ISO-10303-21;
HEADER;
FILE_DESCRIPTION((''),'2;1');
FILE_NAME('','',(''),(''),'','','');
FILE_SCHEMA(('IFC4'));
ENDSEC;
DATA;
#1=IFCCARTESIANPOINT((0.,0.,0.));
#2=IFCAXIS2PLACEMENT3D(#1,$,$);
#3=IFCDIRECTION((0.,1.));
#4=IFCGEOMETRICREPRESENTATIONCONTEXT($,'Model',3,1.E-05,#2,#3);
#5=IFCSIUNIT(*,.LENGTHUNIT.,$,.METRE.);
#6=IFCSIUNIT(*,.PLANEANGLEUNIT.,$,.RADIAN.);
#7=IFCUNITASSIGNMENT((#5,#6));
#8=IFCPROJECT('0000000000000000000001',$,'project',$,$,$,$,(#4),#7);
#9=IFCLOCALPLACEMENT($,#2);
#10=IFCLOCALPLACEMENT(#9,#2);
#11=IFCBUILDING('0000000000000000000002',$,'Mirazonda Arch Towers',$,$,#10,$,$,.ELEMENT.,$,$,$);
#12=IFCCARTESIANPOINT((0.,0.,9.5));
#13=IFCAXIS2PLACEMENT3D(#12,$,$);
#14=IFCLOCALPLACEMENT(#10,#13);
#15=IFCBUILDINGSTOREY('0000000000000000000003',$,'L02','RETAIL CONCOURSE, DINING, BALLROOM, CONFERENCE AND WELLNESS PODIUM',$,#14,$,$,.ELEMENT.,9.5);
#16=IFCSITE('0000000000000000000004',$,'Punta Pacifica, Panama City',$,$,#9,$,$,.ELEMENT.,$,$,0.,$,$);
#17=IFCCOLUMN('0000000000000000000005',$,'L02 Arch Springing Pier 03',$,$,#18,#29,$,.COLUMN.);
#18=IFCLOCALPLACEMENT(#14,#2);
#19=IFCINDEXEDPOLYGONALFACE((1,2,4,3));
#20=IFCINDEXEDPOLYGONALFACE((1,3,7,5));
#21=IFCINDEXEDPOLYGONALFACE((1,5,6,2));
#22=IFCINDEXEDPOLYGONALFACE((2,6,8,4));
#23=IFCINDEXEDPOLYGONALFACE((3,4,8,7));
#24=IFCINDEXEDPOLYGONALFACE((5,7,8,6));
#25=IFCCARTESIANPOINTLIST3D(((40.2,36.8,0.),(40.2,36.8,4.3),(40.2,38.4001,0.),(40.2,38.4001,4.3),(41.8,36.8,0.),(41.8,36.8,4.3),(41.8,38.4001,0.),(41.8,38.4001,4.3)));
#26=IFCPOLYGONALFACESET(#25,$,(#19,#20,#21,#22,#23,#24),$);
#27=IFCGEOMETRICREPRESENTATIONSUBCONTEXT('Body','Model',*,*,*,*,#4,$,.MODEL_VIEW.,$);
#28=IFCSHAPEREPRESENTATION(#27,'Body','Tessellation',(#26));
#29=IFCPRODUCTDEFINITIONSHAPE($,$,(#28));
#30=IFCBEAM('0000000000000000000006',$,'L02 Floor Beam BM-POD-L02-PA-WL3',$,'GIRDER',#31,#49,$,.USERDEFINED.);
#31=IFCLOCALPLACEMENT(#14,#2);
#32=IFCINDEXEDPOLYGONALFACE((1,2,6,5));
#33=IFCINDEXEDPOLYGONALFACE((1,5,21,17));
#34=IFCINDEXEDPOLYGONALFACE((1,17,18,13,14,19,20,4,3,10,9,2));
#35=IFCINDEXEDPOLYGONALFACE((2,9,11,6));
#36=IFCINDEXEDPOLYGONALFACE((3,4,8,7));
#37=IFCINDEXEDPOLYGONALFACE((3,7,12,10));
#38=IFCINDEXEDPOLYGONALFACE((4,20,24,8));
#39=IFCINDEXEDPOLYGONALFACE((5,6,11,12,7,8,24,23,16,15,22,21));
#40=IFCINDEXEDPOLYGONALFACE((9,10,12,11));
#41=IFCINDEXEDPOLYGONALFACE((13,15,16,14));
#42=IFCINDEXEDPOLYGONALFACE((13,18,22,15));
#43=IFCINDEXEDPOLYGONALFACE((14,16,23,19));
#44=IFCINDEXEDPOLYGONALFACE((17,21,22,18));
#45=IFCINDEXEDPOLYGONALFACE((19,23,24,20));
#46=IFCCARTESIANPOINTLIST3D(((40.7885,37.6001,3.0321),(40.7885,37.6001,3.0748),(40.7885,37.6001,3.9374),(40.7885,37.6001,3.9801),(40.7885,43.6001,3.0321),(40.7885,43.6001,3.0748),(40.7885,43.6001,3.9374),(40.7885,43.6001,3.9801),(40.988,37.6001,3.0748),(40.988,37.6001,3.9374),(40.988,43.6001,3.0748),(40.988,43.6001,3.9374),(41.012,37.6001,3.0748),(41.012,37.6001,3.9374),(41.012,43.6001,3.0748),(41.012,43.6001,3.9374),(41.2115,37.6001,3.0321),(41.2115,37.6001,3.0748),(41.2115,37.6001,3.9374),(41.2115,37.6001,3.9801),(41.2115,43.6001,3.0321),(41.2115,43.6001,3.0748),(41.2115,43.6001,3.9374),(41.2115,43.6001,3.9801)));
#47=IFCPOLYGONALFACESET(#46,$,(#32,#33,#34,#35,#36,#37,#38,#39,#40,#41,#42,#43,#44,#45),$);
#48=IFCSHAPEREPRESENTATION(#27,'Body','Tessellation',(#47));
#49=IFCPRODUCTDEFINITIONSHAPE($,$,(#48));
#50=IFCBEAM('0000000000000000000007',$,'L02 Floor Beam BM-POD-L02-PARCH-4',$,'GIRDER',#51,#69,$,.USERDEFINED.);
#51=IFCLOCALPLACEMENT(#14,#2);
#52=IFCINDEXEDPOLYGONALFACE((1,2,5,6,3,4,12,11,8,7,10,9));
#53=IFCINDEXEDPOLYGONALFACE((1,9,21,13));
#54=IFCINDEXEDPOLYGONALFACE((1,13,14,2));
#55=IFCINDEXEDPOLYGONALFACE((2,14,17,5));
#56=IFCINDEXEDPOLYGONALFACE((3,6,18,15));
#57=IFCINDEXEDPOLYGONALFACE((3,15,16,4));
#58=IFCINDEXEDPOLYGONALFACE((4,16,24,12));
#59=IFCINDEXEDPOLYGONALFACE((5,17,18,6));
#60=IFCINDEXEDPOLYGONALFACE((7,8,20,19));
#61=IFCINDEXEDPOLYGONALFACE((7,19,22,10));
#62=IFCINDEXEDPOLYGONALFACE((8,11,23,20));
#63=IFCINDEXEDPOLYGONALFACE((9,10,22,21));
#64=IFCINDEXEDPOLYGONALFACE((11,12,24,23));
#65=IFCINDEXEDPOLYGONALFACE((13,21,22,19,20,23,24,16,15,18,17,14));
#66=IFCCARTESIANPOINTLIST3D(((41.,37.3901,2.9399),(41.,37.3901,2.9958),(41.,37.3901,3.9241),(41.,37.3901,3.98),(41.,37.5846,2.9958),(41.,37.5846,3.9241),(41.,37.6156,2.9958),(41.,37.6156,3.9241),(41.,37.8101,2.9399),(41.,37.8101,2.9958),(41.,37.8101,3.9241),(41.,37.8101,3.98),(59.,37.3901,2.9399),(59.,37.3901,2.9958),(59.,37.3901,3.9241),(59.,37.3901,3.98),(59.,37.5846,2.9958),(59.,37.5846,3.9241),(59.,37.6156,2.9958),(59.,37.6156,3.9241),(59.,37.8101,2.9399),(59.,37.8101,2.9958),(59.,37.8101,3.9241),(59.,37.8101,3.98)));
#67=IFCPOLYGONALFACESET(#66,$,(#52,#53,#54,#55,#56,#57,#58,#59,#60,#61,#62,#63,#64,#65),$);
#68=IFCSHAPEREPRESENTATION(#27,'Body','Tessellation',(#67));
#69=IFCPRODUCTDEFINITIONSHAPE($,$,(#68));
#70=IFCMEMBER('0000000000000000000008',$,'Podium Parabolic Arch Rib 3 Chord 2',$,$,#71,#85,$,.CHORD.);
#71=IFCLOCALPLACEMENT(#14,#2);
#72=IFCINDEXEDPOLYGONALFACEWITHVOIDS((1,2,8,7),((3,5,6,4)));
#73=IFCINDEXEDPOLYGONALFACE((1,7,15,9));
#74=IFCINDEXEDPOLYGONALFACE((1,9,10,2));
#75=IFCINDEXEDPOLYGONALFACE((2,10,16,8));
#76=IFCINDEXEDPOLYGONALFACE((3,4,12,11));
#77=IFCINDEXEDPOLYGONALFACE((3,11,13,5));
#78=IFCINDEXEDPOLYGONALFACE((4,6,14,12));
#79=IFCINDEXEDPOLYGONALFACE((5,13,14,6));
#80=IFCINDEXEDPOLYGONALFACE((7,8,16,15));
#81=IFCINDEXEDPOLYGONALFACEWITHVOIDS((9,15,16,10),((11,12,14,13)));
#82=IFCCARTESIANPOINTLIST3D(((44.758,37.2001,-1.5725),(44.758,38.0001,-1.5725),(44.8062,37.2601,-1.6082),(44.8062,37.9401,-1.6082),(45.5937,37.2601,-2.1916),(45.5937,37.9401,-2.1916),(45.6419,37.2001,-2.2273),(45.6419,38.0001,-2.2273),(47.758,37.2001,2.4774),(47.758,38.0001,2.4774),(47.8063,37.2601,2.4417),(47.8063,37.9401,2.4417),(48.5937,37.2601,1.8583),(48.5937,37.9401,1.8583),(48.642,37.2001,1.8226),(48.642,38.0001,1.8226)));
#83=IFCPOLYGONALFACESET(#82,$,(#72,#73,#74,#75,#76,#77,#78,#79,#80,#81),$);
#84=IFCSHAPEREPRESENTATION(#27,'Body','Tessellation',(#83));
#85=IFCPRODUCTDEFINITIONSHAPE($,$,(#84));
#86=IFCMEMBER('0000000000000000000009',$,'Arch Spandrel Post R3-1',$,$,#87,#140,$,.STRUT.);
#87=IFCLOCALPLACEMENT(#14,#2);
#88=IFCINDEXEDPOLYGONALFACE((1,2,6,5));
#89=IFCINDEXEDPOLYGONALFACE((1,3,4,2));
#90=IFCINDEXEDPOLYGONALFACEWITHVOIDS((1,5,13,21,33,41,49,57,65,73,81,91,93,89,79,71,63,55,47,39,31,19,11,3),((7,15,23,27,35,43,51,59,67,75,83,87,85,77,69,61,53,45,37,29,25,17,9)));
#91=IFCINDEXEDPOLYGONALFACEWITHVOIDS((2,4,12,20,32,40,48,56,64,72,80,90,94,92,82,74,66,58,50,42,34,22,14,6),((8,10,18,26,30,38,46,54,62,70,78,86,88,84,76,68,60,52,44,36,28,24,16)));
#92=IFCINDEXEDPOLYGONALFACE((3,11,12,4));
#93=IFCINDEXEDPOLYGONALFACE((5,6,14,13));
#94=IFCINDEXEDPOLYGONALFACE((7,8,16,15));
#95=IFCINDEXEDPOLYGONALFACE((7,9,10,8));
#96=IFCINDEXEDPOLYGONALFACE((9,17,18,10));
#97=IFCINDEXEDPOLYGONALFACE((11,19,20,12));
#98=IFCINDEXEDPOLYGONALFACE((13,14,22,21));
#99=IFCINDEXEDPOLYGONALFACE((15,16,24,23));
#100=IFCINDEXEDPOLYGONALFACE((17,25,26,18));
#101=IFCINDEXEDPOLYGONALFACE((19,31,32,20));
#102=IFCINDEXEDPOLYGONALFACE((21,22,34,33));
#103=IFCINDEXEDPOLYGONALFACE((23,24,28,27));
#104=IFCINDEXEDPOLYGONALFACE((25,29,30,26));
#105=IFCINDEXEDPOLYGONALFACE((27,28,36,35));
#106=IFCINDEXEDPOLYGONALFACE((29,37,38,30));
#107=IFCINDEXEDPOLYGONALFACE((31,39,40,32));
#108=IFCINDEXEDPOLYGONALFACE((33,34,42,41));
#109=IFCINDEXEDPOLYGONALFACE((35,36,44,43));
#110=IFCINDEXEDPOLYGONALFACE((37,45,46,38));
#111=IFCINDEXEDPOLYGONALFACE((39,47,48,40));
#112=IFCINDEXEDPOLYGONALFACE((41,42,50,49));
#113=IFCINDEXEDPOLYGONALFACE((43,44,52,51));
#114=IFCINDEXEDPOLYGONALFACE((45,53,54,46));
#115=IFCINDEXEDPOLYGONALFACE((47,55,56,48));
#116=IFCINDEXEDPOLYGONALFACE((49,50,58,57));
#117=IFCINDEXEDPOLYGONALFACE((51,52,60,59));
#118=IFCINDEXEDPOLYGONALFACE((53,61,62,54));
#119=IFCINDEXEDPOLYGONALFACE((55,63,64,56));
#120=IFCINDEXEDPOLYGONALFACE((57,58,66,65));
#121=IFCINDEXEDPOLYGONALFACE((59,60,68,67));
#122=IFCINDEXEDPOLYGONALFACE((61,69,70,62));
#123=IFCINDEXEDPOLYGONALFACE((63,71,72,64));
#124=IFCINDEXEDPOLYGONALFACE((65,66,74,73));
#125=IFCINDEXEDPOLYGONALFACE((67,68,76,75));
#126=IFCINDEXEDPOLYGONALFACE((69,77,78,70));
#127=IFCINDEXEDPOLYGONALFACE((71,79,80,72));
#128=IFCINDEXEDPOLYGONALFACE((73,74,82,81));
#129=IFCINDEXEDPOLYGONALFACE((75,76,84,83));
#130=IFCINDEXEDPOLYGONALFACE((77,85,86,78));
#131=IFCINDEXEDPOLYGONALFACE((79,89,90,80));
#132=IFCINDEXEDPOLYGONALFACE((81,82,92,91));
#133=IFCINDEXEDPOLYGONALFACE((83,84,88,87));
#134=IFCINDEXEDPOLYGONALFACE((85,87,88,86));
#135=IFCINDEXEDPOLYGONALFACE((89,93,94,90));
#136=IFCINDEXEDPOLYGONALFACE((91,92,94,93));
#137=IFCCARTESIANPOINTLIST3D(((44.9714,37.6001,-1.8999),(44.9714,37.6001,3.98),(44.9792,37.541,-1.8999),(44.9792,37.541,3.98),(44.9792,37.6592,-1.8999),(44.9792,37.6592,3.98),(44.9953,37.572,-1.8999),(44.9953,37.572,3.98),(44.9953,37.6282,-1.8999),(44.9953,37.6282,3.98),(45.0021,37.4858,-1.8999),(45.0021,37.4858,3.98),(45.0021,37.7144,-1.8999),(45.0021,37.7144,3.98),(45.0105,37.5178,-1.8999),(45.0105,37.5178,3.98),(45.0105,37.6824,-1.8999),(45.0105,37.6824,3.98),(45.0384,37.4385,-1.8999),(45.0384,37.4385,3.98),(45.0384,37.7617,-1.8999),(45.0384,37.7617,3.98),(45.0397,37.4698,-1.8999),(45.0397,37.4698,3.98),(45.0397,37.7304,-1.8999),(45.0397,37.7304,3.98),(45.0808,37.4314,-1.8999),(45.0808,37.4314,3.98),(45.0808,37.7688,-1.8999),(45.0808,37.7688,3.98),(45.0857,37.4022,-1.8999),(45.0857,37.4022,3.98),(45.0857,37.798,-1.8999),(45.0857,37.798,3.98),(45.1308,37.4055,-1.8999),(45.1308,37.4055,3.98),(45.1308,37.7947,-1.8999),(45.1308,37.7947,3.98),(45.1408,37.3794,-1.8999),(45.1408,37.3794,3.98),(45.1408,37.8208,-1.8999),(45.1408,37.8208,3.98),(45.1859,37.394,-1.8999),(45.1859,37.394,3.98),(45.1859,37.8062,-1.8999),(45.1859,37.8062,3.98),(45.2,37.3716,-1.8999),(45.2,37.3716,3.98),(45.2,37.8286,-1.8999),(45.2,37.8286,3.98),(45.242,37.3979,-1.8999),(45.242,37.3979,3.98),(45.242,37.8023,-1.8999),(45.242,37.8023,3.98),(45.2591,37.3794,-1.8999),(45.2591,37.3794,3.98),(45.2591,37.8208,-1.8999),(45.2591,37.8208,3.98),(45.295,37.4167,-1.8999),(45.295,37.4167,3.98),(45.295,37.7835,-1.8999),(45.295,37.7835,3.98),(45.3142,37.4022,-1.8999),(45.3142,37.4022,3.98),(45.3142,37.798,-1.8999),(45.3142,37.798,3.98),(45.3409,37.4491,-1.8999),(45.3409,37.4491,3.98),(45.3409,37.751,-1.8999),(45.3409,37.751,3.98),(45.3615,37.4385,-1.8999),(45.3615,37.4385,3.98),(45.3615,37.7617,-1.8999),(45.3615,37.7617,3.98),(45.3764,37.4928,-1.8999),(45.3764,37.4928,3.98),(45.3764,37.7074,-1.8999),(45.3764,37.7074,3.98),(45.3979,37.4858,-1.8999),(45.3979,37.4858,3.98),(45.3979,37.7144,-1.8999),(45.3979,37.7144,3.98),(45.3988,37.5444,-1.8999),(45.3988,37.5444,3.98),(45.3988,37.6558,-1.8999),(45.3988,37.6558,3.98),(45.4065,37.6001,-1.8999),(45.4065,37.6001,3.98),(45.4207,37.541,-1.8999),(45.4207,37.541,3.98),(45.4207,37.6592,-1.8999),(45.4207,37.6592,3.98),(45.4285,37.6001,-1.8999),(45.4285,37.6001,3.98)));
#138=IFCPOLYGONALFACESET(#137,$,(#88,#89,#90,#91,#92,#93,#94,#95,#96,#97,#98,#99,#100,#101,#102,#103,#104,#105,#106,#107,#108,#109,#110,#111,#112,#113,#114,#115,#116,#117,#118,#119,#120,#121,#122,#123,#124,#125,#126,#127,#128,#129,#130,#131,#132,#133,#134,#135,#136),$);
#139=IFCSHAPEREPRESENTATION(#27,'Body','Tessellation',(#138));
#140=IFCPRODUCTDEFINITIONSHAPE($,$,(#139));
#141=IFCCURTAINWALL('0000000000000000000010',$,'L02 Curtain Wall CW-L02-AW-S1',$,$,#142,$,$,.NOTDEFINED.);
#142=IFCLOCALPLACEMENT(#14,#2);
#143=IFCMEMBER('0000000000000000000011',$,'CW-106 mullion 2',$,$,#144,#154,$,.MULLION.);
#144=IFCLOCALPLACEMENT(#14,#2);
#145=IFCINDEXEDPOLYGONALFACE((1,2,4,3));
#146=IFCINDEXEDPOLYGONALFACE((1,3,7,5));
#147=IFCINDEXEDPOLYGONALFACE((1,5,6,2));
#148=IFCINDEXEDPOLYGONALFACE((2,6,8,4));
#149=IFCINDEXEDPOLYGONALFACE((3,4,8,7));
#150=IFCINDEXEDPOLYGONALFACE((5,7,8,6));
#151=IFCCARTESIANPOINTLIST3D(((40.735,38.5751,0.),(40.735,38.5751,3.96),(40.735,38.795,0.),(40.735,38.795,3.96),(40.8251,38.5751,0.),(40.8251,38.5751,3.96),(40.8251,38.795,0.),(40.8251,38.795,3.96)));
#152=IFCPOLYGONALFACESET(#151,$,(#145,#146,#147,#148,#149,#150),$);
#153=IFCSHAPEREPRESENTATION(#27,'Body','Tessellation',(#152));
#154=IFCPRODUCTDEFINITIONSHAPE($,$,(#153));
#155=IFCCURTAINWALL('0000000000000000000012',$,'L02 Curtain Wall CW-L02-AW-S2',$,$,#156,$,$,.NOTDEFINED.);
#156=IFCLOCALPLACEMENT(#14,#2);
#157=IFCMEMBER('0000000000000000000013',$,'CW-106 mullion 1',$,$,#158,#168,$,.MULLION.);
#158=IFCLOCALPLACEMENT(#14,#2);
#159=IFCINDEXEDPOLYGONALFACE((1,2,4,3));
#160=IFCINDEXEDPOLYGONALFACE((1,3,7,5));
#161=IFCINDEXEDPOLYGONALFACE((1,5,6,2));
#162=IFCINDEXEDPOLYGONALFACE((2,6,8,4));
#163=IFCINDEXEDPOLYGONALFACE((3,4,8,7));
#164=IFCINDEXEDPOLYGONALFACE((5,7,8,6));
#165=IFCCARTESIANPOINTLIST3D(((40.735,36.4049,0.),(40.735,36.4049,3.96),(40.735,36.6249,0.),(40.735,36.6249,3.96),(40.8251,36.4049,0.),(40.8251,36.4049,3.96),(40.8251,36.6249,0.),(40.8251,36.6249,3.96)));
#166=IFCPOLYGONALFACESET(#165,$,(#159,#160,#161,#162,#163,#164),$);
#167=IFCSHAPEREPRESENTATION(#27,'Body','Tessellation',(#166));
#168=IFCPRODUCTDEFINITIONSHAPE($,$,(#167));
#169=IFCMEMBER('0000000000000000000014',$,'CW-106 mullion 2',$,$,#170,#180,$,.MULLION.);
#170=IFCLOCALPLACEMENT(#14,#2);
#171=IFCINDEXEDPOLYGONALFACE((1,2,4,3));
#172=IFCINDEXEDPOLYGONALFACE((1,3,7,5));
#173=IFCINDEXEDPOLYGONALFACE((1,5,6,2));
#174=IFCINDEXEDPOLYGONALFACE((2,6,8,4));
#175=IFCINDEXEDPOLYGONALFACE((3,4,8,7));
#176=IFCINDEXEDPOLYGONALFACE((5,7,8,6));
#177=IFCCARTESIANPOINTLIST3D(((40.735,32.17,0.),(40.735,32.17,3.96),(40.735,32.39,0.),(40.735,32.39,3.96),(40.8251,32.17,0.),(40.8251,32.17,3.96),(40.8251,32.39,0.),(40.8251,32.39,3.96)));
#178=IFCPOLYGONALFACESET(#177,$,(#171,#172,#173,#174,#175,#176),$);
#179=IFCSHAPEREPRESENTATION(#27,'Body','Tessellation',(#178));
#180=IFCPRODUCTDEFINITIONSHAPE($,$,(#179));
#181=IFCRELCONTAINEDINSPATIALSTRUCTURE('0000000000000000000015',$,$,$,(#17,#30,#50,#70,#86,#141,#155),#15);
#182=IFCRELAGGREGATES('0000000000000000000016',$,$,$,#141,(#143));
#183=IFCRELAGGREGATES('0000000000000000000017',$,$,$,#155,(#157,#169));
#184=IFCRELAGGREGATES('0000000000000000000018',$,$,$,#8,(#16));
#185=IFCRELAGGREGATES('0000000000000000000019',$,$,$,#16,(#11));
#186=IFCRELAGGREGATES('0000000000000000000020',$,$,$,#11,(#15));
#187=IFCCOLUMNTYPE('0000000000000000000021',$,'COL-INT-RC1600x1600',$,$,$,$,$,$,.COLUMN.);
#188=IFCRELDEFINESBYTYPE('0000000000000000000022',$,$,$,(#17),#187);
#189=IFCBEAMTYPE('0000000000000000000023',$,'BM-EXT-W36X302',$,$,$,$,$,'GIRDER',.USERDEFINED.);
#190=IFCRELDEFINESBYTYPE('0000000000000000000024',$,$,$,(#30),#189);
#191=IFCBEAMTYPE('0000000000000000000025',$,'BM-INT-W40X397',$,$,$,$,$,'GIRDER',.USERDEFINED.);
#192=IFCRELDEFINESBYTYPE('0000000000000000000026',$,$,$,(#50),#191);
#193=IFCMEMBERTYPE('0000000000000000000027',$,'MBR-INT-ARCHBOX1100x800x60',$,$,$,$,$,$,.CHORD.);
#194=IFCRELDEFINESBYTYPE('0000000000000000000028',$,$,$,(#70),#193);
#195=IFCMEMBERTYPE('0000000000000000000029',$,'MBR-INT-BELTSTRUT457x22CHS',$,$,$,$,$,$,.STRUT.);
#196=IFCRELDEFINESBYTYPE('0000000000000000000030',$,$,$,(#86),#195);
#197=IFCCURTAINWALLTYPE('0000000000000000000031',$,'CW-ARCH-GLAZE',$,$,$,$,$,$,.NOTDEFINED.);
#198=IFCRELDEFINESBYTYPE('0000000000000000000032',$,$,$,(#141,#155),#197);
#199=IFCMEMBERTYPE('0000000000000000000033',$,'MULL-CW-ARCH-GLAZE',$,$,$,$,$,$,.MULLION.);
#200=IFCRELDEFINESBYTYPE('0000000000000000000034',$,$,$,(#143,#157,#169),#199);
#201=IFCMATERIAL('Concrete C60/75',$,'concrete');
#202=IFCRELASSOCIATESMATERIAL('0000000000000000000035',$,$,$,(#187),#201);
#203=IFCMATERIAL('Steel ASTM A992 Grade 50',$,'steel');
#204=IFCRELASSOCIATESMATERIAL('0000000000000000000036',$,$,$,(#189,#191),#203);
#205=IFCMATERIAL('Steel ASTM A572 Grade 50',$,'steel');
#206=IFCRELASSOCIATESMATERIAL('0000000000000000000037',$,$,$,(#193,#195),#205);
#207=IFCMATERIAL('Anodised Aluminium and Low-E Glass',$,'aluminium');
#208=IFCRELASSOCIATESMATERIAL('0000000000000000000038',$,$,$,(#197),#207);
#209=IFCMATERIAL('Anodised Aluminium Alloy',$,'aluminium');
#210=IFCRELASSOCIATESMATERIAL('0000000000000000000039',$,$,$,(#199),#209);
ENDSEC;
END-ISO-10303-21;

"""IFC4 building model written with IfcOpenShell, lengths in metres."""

from ifc_helpers import new_model, si_unit, direction, frame, origin, origin_2d, place, context, subcontext, project, spatial, rectangle, hollow_rectangle, hollow_circle, i_section, extrude, material, material_profile, profile_set, type_object, element, aggregate, save


model = new_model("IFC4")

# Units and contexts
model_context = context("Model", 3, precision=1e-05, world=origin(), true_north=direction((0.0, 1.0)))
body_context = subcontext(model_context, "Body", "Model", "MODEL_VIEW")
ifc_project = project(units=[si_unit("LENGTHUNIT", "METRE"), si_unit("PLANEANGLEUNIT", "RADIAN")], contexts=[model_context])

# Site, building, storey
site_placement = place(None, origin())
site = spatial("IfcSite", under=ifc_project, at=site_placement, Name="Punta Pacifica, Panama City", CompositionType="ELEMENT", RefElevation=0.0)
building_placement = place(site_placement, origin())
building = spatial("IfcBuilding", under=site, at=building_placement, Name="Mirazonda Arch Towers", CompositionType="ELEMENT")
storey_placement = place(building_placement, frame((0.0, 0.0, 9.5)))
storey = spatial("IfcBuildingStorey", under=building, at=storey_placement, Name="L02", Description="RETAIL CONCOURSE, DINING, BALLROOM, CONFERENCE AND WELLNESS PODIUM", CompositionType="ELEMENT", Elevation=9.5)

# Column
ifc_material_1 = material(Name="Concrete C60/75", Category="concrete")
ifc_material_profile_1 = material_profile(ifc_material_1, rectangle(XDim=1.6001, YDim=1.6001, at=origin_2d()), Name="RC1600x1600")
ifc_profile_set_1 = profile_set([ifc_material_profile_1], Name="Concrete C60/75")
column_type = type_object("IfcColumnType", Name="COL-INT-RC1600x1600", PredefinedType="COLUMN", material=ifc_profile_set_1)
column_placement = place(storey_placement, frame((41.0, 37.6001, 0.0), z_axis=(0.0, 0.0, 1.0), x_axis=(1.0, 0.0, 0.0)))
element("IfcColumn", 1, at=column_placement, inside=storey, type_object=column_type, Name="L02 Arch Springing Pier 03", PredefinedType="COLUMN", context=body_context, shape_type="SweptSolid", body=[
    extrude(rectangle(XDim=1.6001, YDim=1.6001, at=origin_2d()), origin(), (0.0, 0.0, 1.0), 4.3),
])

# Beams
ifc_material_2 = material(Name="Steel ASTM A992 Grade 50", Category="steel")
ifc_material_profile_2 = material_profile(ifc_material_2, i_section(OverallWidth=0.4231, OverallDepth=0.948, WebThickness=0.0239, FlangeThickness=0.0427, at=origin_2d()), Name="W36X302")
ifc_profile_set_2 = profile_set([ifc_material_profile_2], Name="Steel ASTM A992 Grade 50")
beam_type_1 = type_object("IfcBeamType", Name="BM-EXT-W36X302", ElementType="GIRDER", PredefinedType="USERDEFINED", material=ifc_profile_set_2)
beam_1_placement = place(storey_placement, frame((41.0, 37.6001, 3.5061), z_axis=(0.0, 1.0, 0.0), x_axis=(-1.0, 0.0, 0.0)))
element("IfcBeam", 2, at=beam_1_placement, inside=storey, type_object=beam_type_1, Name="L02 Floor Beam BM-POD-L02-PA-WL3", ObjectType="GIRDER", PredefinedType="USERDEFINED", context=body_context, shape_type="SweptSolid", body=[
    extrude(i_section(OverallWidth=0.4231, OverallDepth=0.948, WebThickness=0.0239, FlangeThickness=0.0427, at=origin_2d()), origin(), (0.0, 0.0, 1.0), 6.0),
])
ifc_material_profile_3 = material_profile(ifc_material_2, i_section(OverallWidth=0.4199, OverallDepth=1.04, WebThickness=0.031, FlangeThickness=0.0559, at=origin_2d()), Name="W40X397")
ifc_profile_set_3 = profile_set([ifc_material_profile_3], Name="Steel ASTM A992 Grade 50")
beam_type_2 = type_object("IfcBeamType", Name="BM-INT-W40X397", ElementType="GIRDER", PredefinedType="USERDEFINED", material=ifc_profile_set_3)
beam_2_placement = place(storey_placement, frame((41.0, 37.6001, 3.46), z_axis=(1.0, 0.0, 0.0), x_axis=(0.0, 1.0, 0.0)))
element("IfcBeam", 3, at=beam_2_placement, inside=storey, type_object=beam_type_2, Name="L02 Floor Beam BM-POD-L02-PARCH-4", ObjectType="GIRDER", PredefinedType="USERDEFINED", context=body_context, shape_type="SweptSolid", body=[
    extrude(i_section(OverallWidth=0.4199, OverallDepth=1.04, WebThickness=0.031, FlangeThickness=0.0559, at=origin_2d()), origin(), (0.0, 0.0, 1.0), 18.0),
])

# Members
ifc_material_3 = material(Name="Steel ASTM A572 Grade 50", Category="steel")
ifc_material_profile_4 = material_profile(ifc_material_3, hollow_rectangle(XDim=0.8, YDim=1.1001, WallThickness=0.0601, at=origin_2d()), Name="ARCHBOX1100x800x60")
ifc_profile_set_4 = profile_set([ifc_material_profile_4], Name="Steel ASTM A572 Grade 50")
member_type_1 = type_object("IfcMemberType", Name="MBR-INT-ARCHBOX1100x800x60", PredefinedType="CHORD", material=ifc_profile_set_4)
member_1_placement = place(storey_placement, frame((45.2, 37.6001, -1.8999), z_axis=(0.595246, 0.0, 0.803543), x_axis=(0.0, 1.0, 0.0)))
element("IfcMember", 4, at=member_1_placement, inside=storey, type_object=member_type_1, Name="Podium Parabolic Arch Rib 3 Chord 2", PredefinedType="CHORD", context=body_context, shape_type="SweptSolid", body=[
    extrude(hollow_rectangle(XDim=0.8, YDim=1.1001, WallThickness=0.0601, at=origin_2d()), origin(), (0.0, 0.0, 1.0), 5.04),
])
ifc_material_profile_5 = material_profile(ifc_material_3, hollow_circle(Radius=0.2285, WallThickness=0.022, at=origin_2d()), Name="BELTSTRUT457x22CHS")
ifc_profile_set_5 = profile_set([ifc_material_profile_5], Name="Steel ASTM A572 Grade 50")
member_type_2 = type_object("IfcMemberType", Name="MBR-INT-BELTSTRUT457x22CHS", PredefinedType="STRUT", material=ifc_profile_set_5)
member_2_placement = place(storey_placement, frame((45.2, 37.6001, -1.8999), z_axis=(0.0, 0.0, 1.0), x_axis=(1.0, 0.0, 0.0)))
element("IfcMember", 5, at=member_2_placement, inside=storey, type_object=member_type_2, Name="Arch Spandrel Post R3-1", PredefinedType="STRUT", context=body_context, shape_type="SweptSolid", body=[
    extrude(hollow_circle(Radius=0.2285, WallThickness=0.022, at=origin_2d()), origin(), (0.0, 0.0, 1.0), 5.8799),
])

# Curtain wall, member
ifc_material_4 = material(Name="Anodised Aluminium and Low-E Glass", Category="aluminium")
curtain_wall_type = type_object("IfcCurtainWallType", Name="CW-ARCH-GLAZE", PredefinedType="NOTDEFINED", material=ifc_material_4)
curtain_wall_1_placement = place(storey_placement, origin())
curtain_wall_1 = element("IfcCurtainWall", 6, at=curtain_wall_1_placement, inside=storey, type_object=curtain_wall_type, Name="L02 Curtain Wall CW-L02-AW-S1", PredefinedType="NOTDEFINED")
ifc_material_5 = material(Name="Anodised Aluminium Alloy", Category="aluminium")
ifc_material_profile_6 = material_profile(ifc_material_5, rectangle(XDim=0.0901, YDim=0.22, at=origin_2d()), Name="ALU-MULL-90x220")
ifc_profile_set_6 = profile_set([ifc_material_profile_6], Name="Anodised Aluminium Alloy")
member_type_3 = type_object("IfcMemberType", Name="MULL-CW-ARCH-GLAZE", PredefinedType="MULLION", material=ifc_profile_set_6)
member_3_placement = place(storey_placement, frame((40.78, 38.6851, 0.0), z_axis=(0.0, 0.0, 1.0), x_axis=(1.0, 0.0, 0.0)))
member_3 = element("IfcMember", 7, at=member_3_placement, type_object=member_type_3, Name="CW-106 mullion 2", PredefinedType="MULLION", context=body_context, shape_type="SweptSolid", body=[
    extrude(rectangle(XDim=0.0901, YDim=0.22, at=origin_2d()), origin(), (0.0, 0.0, 1.0), 3.96),
])
aggregate(curtain_wall_1, [member_3])

# Curtain wall, members
curtain_wall_2_placement = place(storey_placement, origin())
curtain_wall_2 = element("IfcCurtainWall", 8, at=curtain_wall_2_placement, inside=storey, type_object=curtain_wall_type, Name="L02 Curtain Wall CW-L02-AW-S2", PredefinedType="NOTDEFINED")
member_4_placement = place(storey_placement, frame((40.78, 36.5149, 0.0), z_axis=(0.0, 0.0, 1.0), x_axis=(1.0, 0.0, 0.0)))
member_4 = element("IfcMember", 9, at=member_4_placement, type_object=member_type_3, Name="CW-106 mullion 1", PredefinedType="MULLION", context=body_context, shape_type="SweptSolid", body=[
    extrude(rectangle(XDim=0.0901, YDim=0.22, at=origin_2d()), origin(), (0.0, 0.0, 1.0), 3.96),
])
member_5_placement = place(storey_placement, frame((40.78, 32.28, 0.0), z_axis=(0.0, 0.0, 1.0), x_axis=(1.0, 0.0, 0.0)))
member_5 = element("IfcMember", 10, at=member_5_placement, type_object=member_type_3, Name="CW-106 mullion 2", PredefinedType="MULLION", context=body_context, shape_type="SweptSolid", body=[
    extrude(rectangle(XDim=0.0901, YDim=0.22, at=origin_2d()), origin(), (0.0, 0.0, 1.0), 3.96),
])
aggregate(curtain_wall_2, [member_4, member_5])

save(model, "model.ifc")
